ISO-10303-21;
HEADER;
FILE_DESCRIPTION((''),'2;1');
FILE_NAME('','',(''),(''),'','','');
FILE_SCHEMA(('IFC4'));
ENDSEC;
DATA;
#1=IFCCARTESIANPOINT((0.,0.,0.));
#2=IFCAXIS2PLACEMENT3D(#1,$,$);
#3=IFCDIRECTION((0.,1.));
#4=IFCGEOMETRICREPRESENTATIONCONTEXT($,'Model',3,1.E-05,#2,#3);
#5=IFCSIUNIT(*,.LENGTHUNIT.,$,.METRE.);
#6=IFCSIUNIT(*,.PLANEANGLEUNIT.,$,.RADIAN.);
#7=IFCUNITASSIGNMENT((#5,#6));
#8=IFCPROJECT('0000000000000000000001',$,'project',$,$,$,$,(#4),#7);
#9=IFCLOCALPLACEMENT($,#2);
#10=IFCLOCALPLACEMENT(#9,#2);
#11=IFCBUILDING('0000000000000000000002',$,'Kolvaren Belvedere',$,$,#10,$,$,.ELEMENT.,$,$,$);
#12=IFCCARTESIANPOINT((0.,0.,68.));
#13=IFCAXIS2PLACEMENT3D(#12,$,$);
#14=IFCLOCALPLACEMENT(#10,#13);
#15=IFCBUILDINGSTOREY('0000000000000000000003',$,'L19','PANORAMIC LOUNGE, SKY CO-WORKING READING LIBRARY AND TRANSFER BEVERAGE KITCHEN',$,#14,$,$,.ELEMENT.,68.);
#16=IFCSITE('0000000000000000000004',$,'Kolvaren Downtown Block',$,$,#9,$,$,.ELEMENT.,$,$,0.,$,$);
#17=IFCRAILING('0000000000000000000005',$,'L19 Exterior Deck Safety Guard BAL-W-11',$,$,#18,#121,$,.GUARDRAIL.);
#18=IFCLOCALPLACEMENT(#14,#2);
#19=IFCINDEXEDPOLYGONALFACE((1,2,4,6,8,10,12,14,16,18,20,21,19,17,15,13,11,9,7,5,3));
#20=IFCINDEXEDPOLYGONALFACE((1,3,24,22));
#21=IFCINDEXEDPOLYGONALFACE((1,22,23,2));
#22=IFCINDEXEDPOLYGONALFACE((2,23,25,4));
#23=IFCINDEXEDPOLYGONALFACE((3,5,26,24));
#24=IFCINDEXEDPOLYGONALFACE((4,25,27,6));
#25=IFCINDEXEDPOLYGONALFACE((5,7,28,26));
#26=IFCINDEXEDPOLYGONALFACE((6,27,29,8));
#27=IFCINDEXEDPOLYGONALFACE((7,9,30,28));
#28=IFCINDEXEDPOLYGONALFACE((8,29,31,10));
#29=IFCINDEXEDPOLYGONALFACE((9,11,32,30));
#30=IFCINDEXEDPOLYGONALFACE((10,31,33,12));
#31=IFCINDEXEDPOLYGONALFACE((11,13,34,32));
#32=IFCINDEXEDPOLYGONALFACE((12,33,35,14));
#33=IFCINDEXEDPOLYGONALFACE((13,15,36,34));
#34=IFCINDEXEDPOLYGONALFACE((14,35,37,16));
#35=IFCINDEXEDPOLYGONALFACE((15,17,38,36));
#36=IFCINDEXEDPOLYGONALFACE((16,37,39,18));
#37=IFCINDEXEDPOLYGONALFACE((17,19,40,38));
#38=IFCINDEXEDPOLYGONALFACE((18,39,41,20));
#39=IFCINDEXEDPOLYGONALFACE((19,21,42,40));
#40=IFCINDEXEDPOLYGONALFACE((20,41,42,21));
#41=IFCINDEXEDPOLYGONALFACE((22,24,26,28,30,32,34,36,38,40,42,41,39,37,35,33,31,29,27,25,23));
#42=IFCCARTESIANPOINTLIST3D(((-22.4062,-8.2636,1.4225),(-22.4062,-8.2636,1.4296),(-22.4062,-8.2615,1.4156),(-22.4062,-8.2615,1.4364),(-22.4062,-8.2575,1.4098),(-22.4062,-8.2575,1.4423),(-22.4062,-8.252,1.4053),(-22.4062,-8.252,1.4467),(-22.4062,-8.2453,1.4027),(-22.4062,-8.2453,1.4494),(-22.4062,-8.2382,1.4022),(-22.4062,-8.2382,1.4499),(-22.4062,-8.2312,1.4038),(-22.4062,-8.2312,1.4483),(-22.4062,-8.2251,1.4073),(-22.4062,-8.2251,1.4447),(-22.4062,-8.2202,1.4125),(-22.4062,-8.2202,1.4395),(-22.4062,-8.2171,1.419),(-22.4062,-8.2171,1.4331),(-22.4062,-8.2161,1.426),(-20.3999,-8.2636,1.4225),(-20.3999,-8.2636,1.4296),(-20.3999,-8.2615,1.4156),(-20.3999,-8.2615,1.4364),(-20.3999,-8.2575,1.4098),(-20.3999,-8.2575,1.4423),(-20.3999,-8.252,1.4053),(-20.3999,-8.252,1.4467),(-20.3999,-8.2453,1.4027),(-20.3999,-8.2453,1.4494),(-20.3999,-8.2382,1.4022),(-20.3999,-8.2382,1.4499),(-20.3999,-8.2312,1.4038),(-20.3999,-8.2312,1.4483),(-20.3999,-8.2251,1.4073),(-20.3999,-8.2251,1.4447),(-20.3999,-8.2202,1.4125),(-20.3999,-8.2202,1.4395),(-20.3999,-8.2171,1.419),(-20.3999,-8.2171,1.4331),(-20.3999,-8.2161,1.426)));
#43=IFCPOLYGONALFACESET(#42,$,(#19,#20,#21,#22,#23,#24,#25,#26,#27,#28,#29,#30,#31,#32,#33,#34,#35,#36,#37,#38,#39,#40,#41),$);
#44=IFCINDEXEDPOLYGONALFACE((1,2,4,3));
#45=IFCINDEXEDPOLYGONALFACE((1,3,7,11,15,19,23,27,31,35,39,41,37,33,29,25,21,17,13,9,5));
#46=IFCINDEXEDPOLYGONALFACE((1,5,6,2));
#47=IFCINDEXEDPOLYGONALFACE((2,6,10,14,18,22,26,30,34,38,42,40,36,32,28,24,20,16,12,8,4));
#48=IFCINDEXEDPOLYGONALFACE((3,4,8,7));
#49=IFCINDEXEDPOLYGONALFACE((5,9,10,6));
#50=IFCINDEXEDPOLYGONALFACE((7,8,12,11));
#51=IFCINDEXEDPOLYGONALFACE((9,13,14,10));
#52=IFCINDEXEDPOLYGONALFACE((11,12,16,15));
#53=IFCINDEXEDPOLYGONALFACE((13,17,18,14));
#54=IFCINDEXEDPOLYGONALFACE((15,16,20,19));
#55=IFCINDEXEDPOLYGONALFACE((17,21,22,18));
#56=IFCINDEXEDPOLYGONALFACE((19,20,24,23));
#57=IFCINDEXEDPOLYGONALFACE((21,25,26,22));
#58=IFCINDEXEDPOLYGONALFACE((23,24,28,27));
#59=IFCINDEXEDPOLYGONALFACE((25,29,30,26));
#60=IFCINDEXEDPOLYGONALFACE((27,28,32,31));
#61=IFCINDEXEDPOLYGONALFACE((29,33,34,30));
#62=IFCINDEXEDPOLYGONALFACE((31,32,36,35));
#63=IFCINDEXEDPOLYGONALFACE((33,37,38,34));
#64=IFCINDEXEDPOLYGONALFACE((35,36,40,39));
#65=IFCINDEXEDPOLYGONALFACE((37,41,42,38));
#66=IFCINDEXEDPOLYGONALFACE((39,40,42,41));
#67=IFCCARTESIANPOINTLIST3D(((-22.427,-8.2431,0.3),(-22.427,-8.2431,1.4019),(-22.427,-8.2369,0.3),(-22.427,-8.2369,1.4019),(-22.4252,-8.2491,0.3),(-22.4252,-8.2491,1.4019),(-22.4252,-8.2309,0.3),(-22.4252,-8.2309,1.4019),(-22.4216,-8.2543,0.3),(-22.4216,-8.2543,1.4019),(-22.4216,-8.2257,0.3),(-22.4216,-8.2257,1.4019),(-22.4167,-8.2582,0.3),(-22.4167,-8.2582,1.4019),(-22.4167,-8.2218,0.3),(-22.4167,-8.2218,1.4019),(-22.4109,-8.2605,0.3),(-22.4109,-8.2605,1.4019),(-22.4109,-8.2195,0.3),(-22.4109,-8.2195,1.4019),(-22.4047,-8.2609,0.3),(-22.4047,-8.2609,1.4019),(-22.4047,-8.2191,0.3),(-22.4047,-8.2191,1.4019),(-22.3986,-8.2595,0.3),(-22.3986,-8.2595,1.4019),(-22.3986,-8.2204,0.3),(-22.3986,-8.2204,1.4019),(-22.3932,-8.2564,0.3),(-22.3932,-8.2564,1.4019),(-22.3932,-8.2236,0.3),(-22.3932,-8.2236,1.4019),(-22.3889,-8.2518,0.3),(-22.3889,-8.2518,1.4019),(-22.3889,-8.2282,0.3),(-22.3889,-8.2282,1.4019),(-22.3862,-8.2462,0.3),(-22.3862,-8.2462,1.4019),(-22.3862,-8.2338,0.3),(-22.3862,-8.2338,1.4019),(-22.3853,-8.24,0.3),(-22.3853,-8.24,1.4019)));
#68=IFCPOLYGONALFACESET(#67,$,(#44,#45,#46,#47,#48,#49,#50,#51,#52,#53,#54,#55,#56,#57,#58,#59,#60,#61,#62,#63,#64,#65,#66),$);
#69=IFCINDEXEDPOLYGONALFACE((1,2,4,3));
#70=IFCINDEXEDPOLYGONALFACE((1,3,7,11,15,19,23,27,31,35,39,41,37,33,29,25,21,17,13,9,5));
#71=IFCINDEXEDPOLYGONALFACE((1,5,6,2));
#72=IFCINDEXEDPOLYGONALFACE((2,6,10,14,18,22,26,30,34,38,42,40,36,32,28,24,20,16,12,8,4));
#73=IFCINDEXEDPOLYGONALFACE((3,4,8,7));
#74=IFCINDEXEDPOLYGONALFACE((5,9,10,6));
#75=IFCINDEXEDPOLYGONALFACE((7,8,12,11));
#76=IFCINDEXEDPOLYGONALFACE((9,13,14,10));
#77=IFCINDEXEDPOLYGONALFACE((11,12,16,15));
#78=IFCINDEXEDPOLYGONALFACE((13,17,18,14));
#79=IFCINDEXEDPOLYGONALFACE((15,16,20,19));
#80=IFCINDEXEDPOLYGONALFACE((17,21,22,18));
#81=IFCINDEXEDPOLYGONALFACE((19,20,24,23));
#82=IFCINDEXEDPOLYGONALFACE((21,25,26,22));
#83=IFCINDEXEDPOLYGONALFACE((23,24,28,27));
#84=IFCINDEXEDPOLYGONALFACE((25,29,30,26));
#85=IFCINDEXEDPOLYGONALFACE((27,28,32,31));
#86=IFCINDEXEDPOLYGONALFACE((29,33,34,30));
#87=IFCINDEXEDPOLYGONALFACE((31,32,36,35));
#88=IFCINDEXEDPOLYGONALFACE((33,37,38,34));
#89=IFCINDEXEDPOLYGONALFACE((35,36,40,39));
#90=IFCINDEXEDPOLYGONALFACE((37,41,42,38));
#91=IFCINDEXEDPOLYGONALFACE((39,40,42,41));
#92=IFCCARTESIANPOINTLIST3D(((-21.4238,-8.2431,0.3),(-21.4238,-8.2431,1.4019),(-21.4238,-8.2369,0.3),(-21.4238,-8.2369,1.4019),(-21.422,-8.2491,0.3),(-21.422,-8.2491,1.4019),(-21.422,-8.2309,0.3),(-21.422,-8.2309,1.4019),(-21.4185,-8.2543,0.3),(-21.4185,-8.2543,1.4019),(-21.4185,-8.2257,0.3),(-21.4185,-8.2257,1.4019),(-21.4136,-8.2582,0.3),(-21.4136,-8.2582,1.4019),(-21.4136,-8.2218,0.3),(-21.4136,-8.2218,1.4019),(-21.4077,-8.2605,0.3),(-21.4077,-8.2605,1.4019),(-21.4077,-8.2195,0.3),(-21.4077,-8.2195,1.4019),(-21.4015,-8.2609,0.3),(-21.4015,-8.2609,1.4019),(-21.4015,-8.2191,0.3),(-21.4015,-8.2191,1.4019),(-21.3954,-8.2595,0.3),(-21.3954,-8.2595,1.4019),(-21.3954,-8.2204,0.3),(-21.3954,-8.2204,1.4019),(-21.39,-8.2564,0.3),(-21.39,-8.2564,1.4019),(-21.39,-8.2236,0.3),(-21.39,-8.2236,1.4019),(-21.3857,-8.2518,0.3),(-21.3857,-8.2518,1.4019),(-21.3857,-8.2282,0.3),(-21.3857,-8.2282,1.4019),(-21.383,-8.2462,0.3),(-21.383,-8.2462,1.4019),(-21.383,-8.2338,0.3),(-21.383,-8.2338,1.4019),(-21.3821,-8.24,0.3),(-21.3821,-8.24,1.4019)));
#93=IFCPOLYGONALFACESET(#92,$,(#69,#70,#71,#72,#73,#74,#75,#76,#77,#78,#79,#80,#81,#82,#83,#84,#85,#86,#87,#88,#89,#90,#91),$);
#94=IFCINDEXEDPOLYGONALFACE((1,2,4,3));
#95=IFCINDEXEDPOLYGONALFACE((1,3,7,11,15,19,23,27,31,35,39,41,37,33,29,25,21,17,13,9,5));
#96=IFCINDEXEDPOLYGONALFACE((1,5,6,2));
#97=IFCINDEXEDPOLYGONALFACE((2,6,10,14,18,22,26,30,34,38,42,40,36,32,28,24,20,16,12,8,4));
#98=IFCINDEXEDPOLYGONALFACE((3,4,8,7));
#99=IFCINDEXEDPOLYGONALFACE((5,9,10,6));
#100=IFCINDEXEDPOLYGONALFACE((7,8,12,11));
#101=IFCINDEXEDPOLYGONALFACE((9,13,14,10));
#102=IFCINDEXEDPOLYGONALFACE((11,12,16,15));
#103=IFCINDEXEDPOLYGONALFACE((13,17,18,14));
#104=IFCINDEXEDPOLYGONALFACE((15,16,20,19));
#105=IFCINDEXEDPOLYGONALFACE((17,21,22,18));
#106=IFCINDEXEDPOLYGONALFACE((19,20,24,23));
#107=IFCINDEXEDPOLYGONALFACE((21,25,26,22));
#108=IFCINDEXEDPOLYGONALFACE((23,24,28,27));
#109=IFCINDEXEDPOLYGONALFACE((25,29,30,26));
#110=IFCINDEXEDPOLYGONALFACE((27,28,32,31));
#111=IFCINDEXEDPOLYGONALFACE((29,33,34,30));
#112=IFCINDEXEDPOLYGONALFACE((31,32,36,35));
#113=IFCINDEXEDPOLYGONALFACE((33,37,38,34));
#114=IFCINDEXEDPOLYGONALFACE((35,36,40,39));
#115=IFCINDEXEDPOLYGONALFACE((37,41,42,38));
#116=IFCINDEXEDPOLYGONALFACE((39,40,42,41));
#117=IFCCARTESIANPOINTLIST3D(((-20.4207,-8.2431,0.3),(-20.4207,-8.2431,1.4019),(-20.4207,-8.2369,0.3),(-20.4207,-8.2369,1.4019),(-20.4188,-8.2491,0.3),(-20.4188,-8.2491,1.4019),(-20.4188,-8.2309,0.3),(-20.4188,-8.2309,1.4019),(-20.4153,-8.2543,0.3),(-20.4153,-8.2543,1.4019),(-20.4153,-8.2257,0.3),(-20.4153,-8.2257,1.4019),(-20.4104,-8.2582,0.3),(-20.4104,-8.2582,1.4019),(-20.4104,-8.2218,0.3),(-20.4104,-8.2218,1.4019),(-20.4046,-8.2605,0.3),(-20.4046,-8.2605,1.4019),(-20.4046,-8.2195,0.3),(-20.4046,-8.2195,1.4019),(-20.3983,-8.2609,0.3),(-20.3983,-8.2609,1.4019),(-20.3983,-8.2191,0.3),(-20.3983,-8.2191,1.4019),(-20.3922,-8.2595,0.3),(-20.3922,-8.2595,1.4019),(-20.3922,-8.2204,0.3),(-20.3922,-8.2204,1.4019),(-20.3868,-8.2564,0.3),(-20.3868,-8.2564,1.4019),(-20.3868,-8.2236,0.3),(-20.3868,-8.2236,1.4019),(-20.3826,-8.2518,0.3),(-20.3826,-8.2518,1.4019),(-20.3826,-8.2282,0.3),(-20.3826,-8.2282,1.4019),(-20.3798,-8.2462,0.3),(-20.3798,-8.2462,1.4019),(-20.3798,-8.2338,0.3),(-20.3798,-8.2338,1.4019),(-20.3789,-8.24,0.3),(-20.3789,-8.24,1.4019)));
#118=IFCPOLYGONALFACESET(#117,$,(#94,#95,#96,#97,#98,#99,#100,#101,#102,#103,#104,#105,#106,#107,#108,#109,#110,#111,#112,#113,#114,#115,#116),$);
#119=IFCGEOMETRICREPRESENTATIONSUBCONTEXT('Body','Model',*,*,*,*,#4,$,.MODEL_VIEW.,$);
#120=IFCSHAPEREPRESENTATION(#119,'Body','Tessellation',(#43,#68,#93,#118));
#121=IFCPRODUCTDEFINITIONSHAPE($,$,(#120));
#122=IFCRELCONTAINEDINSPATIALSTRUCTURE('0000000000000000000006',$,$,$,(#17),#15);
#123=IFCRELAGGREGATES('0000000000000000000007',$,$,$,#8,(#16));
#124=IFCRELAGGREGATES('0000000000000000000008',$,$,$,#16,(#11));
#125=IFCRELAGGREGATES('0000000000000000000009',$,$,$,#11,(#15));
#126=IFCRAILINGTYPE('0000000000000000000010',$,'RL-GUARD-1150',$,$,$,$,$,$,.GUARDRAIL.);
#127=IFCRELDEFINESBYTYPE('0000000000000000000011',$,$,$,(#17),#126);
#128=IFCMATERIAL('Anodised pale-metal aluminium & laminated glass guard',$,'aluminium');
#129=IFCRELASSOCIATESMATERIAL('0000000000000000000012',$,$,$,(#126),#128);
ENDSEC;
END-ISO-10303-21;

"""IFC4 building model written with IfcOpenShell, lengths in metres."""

from ifc_helpers import new_model, si_unit, direction, frame, origin, origin_2d, place, context, subcontext, project, spatial, circle, extrude, material, type_object, element, save


model = new_model("IFC4")

# Units and contexts
model_context = context("Model", 3, precision=1e-05, world=origin(), true_north=direction((0.0, 1.0)))
body_context = subcontext(model_context, "Body", "Model", "MODEL_VIEW")
ifc_project = project(units=[si_unit("LENGTHUNIT", "METRE"), si_unit("PLANEANGLEUNIT", "RADIAN")], contexts=[model_context])

# Site, building, storey
site_placement = place(None, origin())
site = spatial("IfcSite", under=ifc_project, at=site_placement, Name="Kolvaren Downtown Block", CompositionType="ELEMENT", RefElevation=0.0)
building_placement = place(site_placement, origin())
building = spatial("IfcBuilding", under=site, at=building_placement, Name="Kolvaren Belvedere", CompositionType="ELEMENT")
storey_placement = place(building_placement, frame((0.0, 0.0, 68.0)))
storey = spatial("IfcBuildingStorey", under=building, at=storey_placement, Name="L19", Description="PANORAMIC LOUNGE, SKY CO-WORKING READING LIBRARY AND TRANSFER BEVERAGE KITCHEN", CompositionType="ELEMENT", Elevation=68.0)

# Railing
ifc_material_1 = material(Name="Anodised pale-metal aluminium & laminated glass guard", Category="aluminium")
railing_type = type_object("IfcRailingType", Name="RL-GUARD-1150", PredefinedType="GUARDRAIL", material=ifc_material_1)
railing_1_placement = place(storey_placement, frame((-22.4062, -8.24, 0.3)))
element("IfcRailing", 1, at=railing_1_placement, inside=storey, type_object=railing_type, Name="L19 Exterior Deck Safety Guard BAL-W-11", PredefinedType="GUARDRAIL", context=body_context, shape_type="SweptSolid", body=[
    extrude(circle(Radius=0.0239, at=origin_2d()), frame((0.0, 0.0, 1.126), z_axis=(1.0, 0.0, 0.0), x_axis=(0.0, 1.0, 0.0)), (0.0, 0.0, 1.0), 2.0063),
    extrude(circle(Radius=0.021, at=origin_2d()), origin(), (0.0, 0.0, 1.0), 1.1018),
    extrude(circle(Radius=0.021, at=origin_2d()), frame((1.0032, 0.0, 0.0)), (0.0, 0.0, 1.0), 1.1018),
    extrude(circle(Radius=0.021, at=origin_2d()), frame((2.0063, 0.0, 0.0)), (0.0, 0.0, 1.0), 1.1018),
])

save(model, "model.ifc")
